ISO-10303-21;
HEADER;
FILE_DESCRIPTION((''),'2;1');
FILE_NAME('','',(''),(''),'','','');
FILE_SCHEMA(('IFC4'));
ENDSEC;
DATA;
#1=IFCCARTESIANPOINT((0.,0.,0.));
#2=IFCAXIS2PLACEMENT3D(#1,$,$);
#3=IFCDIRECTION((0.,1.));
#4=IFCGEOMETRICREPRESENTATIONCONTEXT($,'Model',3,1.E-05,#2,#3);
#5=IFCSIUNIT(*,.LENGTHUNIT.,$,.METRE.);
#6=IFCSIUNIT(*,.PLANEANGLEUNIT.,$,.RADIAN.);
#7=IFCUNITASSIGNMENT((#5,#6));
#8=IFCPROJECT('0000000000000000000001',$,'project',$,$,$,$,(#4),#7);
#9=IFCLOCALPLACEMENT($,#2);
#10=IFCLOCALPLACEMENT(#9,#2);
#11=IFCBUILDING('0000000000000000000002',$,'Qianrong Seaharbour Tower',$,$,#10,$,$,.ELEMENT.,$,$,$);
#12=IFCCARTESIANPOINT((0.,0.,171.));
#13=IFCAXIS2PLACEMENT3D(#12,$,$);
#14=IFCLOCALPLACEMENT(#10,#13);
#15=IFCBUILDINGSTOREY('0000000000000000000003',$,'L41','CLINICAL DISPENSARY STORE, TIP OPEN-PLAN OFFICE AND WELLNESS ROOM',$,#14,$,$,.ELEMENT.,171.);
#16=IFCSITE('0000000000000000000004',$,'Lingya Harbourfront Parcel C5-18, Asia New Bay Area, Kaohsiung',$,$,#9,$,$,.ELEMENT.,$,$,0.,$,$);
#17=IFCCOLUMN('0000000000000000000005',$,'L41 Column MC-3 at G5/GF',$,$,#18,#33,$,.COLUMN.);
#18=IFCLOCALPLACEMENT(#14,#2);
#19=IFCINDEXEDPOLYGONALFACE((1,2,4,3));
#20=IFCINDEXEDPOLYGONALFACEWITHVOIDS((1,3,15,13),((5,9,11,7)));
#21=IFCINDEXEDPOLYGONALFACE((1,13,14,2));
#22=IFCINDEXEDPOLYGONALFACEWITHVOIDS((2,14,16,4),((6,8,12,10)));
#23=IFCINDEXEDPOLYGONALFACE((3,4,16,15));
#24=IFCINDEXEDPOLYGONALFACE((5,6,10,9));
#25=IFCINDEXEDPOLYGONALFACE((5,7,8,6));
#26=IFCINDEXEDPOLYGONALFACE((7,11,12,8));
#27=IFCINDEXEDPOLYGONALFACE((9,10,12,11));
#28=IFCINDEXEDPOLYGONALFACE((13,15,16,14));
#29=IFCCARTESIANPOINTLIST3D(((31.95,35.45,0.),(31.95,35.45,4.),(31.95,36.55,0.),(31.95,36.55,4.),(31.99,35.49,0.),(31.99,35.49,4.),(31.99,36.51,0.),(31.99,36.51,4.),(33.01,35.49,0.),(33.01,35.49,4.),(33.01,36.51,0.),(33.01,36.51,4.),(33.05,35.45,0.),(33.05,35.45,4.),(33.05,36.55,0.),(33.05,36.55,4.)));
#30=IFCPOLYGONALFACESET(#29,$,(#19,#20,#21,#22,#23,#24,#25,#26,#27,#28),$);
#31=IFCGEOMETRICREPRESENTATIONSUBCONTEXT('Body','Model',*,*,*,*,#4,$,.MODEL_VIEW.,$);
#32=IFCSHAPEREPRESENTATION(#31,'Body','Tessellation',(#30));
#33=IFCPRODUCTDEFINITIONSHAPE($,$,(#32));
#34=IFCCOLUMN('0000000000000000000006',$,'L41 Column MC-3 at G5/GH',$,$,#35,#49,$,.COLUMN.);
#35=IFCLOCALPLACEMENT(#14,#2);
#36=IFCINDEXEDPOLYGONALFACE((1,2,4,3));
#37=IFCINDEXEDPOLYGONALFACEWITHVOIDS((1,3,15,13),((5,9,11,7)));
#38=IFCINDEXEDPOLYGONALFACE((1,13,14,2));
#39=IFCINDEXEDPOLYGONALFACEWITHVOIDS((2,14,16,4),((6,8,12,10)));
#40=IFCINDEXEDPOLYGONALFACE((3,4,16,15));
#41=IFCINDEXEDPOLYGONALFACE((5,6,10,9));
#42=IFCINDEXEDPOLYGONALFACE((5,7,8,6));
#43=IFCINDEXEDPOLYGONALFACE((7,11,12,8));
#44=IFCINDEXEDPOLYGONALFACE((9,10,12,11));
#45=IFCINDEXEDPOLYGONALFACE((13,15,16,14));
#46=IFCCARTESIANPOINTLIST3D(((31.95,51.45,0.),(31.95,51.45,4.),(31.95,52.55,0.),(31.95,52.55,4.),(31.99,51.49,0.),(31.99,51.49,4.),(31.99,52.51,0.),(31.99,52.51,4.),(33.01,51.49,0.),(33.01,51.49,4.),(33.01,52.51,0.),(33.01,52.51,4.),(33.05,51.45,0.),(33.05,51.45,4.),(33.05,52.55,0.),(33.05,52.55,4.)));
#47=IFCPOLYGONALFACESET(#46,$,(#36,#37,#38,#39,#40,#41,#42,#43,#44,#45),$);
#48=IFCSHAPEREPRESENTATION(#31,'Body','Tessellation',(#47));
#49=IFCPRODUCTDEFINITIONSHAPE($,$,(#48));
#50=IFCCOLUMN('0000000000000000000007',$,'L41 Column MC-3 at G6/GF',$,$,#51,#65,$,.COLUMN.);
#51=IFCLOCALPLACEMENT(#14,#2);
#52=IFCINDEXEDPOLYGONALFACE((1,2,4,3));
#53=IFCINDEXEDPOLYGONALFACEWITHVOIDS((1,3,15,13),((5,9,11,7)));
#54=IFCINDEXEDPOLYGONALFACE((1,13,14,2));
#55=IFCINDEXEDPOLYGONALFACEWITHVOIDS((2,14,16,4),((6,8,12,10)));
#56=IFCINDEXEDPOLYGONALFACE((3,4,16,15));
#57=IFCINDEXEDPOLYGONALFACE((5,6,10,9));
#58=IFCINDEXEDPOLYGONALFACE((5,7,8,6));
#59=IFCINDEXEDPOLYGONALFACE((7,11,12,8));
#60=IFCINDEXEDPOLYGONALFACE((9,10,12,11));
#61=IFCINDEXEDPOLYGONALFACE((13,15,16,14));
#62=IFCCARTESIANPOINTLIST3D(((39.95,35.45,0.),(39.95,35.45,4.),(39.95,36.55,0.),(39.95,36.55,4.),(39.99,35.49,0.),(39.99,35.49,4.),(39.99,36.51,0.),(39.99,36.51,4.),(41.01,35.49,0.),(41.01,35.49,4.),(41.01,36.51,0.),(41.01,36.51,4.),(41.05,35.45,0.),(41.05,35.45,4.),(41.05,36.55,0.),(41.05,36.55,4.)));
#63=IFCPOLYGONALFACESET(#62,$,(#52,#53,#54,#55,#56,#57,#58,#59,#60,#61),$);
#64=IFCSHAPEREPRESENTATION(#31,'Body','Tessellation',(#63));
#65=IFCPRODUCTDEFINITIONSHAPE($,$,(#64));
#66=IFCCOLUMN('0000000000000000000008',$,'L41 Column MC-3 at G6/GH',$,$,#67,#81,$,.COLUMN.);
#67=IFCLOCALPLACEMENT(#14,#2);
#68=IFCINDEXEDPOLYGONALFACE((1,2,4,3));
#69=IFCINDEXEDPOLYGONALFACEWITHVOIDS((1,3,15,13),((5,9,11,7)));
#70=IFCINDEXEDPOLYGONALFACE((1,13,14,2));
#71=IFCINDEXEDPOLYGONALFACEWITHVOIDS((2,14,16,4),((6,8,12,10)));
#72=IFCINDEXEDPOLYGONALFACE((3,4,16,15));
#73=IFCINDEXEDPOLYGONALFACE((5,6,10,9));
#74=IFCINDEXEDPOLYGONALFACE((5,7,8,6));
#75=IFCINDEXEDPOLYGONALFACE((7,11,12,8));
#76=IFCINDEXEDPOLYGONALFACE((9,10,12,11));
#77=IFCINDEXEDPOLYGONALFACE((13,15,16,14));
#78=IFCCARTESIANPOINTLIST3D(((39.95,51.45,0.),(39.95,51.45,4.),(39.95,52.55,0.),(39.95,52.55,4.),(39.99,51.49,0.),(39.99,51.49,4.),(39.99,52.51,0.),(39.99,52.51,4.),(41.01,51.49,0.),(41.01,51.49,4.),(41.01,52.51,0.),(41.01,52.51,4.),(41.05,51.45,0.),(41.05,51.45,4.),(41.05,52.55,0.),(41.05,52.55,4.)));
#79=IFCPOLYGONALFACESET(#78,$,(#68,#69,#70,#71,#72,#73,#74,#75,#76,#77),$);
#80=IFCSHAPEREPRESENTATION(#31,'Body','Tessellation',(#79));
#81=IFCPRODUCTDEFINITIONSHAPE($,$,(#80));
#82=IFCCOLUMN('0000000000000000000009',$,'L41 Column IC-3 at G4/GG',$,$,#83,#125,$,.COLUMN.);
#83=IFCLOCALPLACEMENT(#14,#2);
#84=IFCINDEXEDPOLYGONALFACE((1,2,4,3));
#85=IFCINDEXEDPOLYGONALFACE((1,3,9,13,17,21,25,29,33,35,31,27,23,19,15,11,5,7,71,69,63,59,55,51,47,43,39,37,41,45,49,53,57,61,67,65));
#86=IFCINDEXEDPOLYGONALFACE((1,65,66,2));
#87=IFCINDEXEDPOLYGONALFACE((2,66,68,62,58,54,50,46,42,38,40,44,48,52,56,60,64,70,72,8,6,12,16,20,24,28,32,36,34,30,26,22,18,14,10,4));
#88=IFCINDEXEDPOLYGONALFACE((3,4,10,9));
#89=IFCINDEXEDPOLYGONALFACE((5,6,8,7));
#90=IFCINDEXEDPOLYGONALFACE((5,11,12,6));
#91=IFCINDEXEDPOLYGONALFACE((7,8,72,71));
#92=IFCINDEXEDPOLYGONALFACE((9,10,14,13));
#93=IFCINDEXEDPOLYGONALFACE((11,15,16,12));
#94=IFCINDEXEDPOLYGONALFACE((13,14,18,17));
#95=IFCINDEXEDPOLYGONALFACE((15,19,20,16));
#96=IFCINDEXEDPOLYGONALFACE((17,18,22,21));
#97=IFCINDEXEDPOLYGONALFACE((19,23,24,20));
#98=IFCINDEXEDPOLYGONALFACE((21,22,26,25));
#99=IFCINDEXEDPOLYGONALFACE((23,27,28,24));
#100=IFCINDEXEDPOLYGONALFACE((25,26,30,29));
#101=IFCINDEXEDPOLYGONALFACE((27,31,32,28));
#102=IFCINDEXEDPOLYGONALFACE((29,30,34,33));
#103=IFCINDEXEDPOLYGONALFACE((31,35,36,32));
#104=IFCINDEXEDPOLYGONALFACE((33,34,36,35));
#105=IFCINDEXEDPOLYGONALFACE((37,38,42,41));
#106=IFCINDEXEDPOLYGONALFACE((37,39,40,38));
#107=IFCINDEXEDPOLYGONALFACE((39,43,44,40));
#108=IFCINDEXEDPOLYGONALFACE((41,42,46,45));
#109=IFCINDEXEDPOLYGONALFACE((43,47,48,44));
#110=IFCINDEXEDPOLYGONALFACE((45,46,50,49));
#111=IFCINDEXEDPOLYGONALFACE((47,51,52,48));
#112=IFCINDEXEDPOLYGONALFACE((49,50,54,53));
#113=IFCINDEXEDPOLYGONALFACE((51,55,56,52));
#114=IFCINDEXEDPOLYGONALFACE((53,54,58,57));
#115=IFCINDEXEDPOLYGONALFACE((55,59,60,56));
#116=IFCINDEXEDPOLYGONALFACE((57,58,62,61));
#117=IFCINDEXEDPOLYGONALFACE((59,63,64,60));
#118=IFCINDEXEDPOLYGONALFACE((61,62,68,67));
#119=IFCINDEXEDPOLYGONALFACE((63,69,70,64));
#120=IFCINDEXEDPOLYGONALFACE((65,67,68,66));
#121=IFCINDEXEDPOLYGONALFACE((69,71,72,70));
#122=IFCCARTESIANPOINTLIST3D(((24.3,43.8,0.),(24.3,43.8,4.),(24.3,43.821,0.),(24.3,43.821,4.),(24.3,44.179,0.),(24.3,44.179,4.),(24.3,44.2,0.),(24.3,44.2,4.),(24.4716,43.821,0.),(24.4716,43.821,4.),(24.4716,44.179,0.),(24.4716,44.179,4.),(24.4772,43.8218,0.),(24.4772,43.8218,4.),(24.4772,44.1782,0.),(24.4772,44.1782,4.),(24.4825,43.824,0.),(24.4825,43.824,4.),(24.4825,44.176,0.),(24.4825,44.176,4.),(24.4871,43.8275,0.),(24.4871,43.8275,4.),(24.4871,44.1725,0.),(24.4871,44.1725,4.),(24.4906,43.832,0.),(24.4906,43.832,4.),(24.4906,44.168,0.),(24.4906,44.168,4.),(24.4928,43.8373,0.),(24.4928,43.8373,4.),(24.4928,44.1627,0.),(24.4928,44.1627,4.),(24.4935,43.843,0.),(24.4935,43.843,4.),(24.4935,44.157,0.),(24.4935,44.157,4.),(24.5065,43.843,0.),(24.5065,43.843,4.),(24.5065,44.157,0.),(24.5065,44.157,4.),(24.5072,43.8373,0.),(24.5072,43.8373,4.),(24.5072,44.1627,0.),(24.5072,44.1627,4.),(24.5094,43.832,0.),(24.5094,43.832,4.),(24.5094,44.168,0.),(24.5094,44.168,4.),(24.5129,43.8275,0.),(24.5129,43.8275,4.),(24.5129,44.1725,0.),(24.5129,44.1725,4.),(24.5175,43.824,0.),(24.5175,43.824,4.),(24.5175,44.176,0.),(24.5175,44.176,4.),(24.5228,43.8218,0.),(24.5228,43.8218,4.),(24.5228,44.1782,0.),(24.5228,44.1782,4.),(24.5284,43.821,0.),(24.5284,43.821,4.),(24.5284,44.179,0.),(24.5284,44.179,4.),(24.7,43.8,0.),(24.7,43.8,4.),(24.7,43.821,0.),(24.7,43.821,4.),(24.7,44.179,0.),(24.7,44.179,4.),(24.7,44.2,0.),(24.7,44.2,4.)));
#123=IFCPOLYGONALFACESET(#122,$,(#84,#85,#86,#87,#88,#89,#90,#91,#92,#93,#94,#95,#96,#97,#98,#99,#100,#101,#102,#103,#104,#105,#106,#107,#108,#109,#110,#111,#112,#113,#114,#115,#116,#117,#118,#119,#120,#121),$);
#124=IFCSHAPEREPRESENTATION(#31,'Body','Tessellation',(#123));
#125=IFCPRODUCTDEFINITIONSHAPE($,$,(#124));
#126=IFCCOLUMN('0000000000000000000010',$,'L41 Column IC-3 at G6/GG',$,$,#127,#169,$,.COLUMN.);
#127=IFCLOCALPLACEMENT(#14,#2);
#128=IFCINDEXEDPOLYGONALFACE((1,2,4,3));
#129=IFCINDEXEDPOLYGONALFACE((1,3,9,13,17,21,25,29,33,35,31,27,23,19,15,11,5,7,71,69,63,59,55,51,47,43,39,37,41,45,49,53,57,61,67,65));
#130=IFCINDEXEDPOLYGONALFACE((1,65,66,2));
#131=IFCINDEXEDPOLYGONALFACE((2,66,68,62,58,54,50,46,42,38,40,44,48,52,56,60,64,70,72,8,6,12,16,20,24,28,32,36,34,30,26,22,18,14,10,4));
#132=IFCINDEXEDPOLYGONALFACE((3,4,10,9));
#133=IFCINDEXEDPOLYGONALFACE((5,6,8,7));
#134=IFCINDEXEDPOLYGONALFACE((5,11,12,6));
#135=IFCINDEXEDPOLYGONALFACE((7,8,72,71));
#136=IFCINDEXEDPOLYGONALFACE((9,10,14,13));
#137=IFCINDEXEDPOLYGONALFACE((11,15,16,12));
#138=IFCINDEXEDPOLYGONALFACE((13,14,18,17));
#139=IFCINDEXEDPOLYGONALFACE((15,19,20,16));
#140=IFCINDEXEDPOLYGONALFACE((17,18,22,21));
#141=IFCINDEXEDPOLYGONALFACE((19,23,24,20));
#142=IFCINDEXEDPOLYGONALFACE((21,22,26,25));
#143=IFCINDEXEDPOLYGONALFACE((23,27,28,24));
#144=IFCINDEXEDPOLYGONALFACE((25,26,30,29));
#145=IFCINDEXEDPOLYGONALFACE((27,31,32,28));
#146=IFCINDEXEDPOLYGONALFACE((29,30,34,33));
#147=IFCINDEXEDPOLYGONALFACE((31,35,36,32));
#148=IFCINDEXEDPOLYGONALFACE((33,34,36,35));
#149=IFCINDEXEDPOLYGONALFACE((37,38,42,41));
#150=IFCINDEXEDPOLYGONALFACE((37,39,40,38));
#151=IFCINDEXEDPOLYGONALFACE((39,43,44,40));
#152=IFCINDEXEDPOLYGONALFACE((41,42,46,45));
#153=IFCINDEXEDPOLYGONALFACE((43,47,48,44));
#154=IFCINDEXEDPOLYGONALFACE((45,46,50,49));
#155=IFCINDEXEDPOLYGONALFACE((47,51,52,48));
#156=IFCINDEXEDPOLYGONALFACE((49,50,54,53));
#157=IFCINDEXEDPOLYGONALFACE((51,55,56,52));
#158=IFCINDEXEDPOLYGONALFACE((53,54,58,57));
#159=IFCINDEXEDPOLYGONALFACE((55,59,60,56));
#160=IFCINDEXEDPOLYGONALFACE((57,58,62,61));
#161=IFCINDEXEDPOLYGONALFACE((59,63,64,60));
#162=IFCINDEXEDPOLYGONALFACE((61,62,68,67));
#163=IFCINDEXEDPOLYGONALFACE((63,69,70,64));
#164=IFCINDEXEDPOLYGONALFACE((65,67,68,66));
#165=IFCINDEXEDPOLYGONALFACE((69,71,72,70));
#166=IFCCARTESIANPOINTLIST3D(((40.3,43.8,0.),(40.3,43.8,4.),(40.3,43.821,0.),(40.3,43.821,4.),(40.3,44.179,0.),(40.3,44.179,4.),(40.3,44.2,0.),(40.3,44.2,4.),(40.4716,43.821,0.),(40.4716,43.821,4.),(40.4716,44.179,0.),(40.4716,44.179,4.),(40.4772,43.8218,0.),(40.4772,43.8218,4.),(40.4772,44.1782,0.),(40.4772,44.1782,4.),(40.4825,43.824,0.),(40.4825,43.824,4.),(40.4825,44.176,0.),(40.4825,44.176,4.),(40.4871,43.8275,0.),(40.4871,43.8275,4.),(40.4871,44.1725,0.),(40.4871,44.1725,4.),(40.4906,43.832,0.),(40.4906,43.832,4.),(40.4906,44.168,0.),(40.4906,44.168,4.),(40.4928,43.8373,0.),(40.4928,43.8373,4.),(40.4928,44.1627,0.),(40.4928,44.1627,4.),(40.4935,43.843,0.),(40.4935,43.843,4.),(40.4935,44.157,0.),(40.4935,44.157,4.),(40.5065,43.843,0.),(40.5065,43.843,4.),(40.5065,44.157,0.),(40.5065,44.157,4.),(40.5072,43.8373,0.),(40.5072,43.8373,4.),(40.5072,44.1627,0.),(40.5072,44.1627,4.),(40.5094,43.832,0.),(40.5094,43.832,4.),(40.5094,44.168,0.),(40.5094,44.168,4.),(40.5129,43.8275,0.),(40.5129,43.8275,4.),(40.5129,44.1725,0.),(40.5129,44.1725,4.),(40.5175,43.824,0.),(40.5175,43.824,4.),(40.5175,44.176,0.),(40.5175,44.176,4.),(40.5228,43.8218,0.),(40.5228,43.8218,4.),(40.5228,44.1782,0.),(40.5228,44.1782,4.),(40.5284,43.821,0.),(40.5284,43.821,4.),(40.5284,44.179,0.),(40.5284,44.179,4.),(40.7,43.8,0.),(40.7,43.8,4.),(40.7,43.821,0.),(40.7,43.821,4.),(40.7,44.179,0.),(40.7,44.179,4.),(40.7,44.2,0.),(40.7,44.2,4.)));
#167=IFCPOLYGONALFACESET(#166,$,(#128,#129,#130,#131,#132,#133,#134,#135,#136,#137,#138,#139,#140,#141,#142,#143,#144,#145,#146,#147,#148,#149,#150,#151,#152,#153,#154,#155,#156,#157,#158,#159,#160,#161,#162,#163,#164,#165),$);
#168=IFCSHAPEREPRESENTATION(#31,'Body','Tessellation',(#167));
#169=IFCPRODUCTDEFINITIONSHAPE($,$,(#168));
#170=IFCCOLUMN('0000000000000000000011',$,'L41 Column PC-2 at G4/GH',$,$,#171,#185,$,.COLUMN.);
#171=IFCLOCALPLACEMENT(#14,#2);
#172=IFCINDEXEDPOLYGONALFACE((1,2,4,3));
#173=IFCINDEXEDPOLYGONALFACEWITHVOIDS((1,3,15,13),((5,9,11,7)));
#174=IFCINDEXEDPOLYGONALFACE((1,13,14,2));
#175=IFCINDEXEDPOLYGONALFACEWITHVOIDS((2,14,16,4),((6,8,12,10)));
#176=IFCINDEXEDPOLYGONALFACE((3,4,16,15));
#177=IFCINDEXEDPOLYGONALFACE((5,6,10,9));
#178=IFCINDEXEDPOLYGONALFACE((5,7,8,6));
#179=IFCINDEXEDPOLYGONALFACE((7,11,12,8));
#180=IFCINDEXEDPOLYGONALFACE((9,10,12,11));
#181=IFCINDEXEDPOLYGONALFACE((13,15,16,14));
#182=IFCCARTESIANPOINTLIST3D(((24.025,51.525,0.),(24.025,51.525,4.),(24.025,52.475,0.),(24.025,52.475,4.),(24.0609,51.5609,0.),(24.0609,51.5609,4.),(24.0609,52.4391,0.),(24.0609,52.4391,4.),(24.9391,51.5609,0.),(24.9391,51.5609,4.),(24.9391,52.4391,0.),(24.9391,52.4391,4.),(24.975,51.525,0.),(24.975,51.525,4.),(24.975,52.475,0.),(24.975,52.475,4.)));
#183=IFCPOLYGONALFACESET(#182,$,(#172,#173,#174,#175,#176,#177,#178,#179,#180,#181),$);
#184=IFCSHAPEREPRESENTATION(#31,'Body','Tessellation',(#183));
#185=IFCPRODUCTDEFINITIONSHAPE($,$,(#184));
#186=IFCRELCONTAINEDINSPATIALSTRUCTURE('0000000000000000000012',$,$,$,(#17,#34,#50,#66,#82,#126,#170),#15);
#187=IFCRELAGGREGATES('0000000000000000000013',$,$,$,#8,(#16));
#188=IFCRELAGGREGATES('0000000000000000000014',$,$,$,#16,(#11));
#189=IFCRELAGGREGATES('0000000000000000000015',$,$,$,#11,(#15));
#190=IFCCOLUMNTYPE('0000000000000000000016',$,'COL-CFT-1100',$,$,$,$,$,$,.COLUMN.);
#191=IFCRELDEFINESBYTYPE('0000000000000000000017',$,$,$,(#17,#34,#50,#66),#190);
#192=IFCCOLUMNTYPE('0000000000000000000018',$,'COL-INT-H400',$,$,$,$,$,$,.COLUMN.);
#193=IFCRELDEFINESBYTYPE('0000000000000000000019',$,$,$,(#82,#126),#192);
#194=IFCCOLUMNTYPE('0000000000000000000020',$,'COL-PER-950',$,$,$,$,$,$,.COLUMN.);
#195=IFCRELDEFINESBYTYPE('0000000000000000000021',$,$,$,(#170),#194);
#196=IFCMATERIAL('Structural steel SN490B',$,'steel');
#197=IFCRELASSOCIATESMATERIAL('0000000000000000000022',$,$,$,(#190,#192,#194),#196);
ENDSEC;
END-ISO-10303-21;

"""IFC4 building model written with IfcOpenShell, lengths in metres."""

from ifc_helpers import new_model, si_unit, direction, frame, origin, origin_2d, place, context, subcontext, project, spatial, hollow_rectangle, i_section, extrude, material, material_profile, profile_set, type_object, element, save


model = new_model("IFC4")

# Units and contexts
model_context = context("Model", 3, precision=1e-05, world=origin(), true_north=direction((0.0, 1.0)))
body_context = subcontext(model_context, "Body", "Model", "MODEL_VIEW")
ifc_project = project(units=[si_unit("LENGTHUNIT", "METRE"), si_unit("PLANEANGLEUNIT", "RADIAN")], contexts=[model_context])

# Site, building, storey
site_placement = place(None, origin())
site = spatial("IfcSite", under=ifc_project, at=site_placement, Name="Lingya Harbourfront Parcel C5-18, Asia New Bay Area, Kaohsiung", CompositionType="ELEMENT", RefElevation=0.0)
building_placement = place(site_placement, origin())
building = spatial("IfcBuilding", under=site, at=building_placement, Name="Qianrong Seaharbour Tower", CompositionType="ELEMENT")
storey_placement = place(building_placement, frame((0.0, 0.0, 171.0)))
storey = spatial("IfcBuildingStorey", under=building, at=storey_placement, Name="L41", Description="CLINICAL DISPENSARY STORE, TIP OPEN-PLAN OFFICE AND WELLNESS ROOM", CompositionType="ELEMENT", Elevation=171.0)

# Columns
ifc_material_1 = material(Name="Structural steel SN490B", Category="steel")
ifc_material_profile_1 = material_profile(ifc_material_1, hollow_rectangle(XDim=1.1001, YDim=1.1001, WallThickness=0.04, at=origin_2d()), Name="BOX1100x1100x40")
ifc_profile_set_1 = profile_set([ifc_material_profile_1], Name="Structural steel SN490B")
column_type_1 = type_object("IfcColumnType", Name="COL-CFT-1100", PredefinedType="COLUMN", material=ifc_profile_set_1)
for number, where, z_axis, x_axis, name in (
    (1, (32.5, 36.0, 0.0), (0.0, 0.0, 1.0), (1.0, 0.0, 0.0), "L41 Column MC-3 at G5/GF"),
    (2, (32.5, 52.0, 0.0), (0.0, 0.0, 1.0), (1.0, 0.0, 0.0), "L41 Column MC-3 at G5/GH"),
    (3, (40.5, 36.0, 0.0), (0.0, 0.0, 1.0), (1.0, 0.0, 0.0), "L41 Column MC-3 at G6/GF"),
    (4, (40.5, 52.0, 0.0), (0.0, 0.0, 1.0), (1.0, 0.0, 0.0), "L41 Column MC-3 at G6/GH"),
):
    element("IfcColumn", number, at=place(storey_placement, frame(where, z_axis=z_axis, x_axis=x_axis)), inside=storey, type_object=column_type_1, Name=name, PredefinedType="COLUMN", context=body_context, shape_type="SweptSolid", body=[
        extrude(hollow_rectangle(XDim=1.1001, YDim=1.1001, WallThickness=0.04, at=origin_2d()), origin(), (0.0, 0.0, 1.0), 4.0),
    ])
ifc_material_profile_2 = material_profile(ifc_material_1, i_section(OverallWidth=0.3999, OverallDepth=0.3999, WebThickness=0.0129, FlangeThickness=0.021, FilletRadius=0.022, at=origin_2d()), Name="H400x400x13x21")
ifc_profile_set_2 = profile_set([ifc_material_profile_2], Name="Structural steel SN490B")
column_type_2 = type_object("IfcColumnType", Name="COL-INT-H400", PredefinedType="COLUMN", material=ifc_profile_set_2)
for number, where, z_axis, x_axis, name in (
    (5, (24.5, 44.0, 0.0), (0.0, 0.0, 1.0), (1.0, 0.0, 0.0), "L41 Column IC-3 at G4/GG"),
    (6, (40.5, 44.0, 0.0), (0.0, 0.0, 1.0), (1.0, 0.0, 0.0), "L41 Column IC-3 at G6/GG"),
):
    element("IfcColumn", number, at=place(storey_placement, frame(where, z_axis=z_axis, x_axis=x_axis)), inside=storey, type_object=column_type_2, Name=name, PredefinedType="COLUMN", context=body_context, shape_type="SweptSolid", body=[
        extrude(i_section(OverallWidth=0.3999, OverallDepth=0.3999, WebThickness=0.0129, FlangeThickness=0.021, FilletRadius=0.022, at=origin_2d()), origin(), (0.0, 0.0, 1.0), 4.0),
    ])
ifc_material_profile_3 = material_profile(ifc_material_1, hollow_rectangle(XDim=0.95, YDim=0.95, WallThickness=0.0359, at=origin_2d()), Name="BOX950x950x36")
ifc_profile_set_3 = profile_set([ifc_material_profile_3], Name="Structural steel SN490B")
column_type_3 = type_object("IfcColumnType", Name="COL-PER-950", PredefinedType="COLUMN", material=ifc_profile_set_3)
column_placement = place(storey_placement, frame((24.5, 52.0, 0.0), z_axis=(0.0, 0.0, 1.0), x_axis=(1.0, 0.0, 0.0)))
element("IfcColumn", 7, at=column_placement, inside=storey, type_object=column_type_3, Name="L41 Column PC-2 at G4/GH", PredefinedType="COLUMN", context=body_context, shape_type="SweptSolid", body=[
    extrude(hollow_rectangle(XDim=0.95, YDim=0.95, WallThickness=0.0359, at=origin_2d()), origin(), (0.0, 0.0, 1.0), 4.0),
])

save(model, "model.ifc")
